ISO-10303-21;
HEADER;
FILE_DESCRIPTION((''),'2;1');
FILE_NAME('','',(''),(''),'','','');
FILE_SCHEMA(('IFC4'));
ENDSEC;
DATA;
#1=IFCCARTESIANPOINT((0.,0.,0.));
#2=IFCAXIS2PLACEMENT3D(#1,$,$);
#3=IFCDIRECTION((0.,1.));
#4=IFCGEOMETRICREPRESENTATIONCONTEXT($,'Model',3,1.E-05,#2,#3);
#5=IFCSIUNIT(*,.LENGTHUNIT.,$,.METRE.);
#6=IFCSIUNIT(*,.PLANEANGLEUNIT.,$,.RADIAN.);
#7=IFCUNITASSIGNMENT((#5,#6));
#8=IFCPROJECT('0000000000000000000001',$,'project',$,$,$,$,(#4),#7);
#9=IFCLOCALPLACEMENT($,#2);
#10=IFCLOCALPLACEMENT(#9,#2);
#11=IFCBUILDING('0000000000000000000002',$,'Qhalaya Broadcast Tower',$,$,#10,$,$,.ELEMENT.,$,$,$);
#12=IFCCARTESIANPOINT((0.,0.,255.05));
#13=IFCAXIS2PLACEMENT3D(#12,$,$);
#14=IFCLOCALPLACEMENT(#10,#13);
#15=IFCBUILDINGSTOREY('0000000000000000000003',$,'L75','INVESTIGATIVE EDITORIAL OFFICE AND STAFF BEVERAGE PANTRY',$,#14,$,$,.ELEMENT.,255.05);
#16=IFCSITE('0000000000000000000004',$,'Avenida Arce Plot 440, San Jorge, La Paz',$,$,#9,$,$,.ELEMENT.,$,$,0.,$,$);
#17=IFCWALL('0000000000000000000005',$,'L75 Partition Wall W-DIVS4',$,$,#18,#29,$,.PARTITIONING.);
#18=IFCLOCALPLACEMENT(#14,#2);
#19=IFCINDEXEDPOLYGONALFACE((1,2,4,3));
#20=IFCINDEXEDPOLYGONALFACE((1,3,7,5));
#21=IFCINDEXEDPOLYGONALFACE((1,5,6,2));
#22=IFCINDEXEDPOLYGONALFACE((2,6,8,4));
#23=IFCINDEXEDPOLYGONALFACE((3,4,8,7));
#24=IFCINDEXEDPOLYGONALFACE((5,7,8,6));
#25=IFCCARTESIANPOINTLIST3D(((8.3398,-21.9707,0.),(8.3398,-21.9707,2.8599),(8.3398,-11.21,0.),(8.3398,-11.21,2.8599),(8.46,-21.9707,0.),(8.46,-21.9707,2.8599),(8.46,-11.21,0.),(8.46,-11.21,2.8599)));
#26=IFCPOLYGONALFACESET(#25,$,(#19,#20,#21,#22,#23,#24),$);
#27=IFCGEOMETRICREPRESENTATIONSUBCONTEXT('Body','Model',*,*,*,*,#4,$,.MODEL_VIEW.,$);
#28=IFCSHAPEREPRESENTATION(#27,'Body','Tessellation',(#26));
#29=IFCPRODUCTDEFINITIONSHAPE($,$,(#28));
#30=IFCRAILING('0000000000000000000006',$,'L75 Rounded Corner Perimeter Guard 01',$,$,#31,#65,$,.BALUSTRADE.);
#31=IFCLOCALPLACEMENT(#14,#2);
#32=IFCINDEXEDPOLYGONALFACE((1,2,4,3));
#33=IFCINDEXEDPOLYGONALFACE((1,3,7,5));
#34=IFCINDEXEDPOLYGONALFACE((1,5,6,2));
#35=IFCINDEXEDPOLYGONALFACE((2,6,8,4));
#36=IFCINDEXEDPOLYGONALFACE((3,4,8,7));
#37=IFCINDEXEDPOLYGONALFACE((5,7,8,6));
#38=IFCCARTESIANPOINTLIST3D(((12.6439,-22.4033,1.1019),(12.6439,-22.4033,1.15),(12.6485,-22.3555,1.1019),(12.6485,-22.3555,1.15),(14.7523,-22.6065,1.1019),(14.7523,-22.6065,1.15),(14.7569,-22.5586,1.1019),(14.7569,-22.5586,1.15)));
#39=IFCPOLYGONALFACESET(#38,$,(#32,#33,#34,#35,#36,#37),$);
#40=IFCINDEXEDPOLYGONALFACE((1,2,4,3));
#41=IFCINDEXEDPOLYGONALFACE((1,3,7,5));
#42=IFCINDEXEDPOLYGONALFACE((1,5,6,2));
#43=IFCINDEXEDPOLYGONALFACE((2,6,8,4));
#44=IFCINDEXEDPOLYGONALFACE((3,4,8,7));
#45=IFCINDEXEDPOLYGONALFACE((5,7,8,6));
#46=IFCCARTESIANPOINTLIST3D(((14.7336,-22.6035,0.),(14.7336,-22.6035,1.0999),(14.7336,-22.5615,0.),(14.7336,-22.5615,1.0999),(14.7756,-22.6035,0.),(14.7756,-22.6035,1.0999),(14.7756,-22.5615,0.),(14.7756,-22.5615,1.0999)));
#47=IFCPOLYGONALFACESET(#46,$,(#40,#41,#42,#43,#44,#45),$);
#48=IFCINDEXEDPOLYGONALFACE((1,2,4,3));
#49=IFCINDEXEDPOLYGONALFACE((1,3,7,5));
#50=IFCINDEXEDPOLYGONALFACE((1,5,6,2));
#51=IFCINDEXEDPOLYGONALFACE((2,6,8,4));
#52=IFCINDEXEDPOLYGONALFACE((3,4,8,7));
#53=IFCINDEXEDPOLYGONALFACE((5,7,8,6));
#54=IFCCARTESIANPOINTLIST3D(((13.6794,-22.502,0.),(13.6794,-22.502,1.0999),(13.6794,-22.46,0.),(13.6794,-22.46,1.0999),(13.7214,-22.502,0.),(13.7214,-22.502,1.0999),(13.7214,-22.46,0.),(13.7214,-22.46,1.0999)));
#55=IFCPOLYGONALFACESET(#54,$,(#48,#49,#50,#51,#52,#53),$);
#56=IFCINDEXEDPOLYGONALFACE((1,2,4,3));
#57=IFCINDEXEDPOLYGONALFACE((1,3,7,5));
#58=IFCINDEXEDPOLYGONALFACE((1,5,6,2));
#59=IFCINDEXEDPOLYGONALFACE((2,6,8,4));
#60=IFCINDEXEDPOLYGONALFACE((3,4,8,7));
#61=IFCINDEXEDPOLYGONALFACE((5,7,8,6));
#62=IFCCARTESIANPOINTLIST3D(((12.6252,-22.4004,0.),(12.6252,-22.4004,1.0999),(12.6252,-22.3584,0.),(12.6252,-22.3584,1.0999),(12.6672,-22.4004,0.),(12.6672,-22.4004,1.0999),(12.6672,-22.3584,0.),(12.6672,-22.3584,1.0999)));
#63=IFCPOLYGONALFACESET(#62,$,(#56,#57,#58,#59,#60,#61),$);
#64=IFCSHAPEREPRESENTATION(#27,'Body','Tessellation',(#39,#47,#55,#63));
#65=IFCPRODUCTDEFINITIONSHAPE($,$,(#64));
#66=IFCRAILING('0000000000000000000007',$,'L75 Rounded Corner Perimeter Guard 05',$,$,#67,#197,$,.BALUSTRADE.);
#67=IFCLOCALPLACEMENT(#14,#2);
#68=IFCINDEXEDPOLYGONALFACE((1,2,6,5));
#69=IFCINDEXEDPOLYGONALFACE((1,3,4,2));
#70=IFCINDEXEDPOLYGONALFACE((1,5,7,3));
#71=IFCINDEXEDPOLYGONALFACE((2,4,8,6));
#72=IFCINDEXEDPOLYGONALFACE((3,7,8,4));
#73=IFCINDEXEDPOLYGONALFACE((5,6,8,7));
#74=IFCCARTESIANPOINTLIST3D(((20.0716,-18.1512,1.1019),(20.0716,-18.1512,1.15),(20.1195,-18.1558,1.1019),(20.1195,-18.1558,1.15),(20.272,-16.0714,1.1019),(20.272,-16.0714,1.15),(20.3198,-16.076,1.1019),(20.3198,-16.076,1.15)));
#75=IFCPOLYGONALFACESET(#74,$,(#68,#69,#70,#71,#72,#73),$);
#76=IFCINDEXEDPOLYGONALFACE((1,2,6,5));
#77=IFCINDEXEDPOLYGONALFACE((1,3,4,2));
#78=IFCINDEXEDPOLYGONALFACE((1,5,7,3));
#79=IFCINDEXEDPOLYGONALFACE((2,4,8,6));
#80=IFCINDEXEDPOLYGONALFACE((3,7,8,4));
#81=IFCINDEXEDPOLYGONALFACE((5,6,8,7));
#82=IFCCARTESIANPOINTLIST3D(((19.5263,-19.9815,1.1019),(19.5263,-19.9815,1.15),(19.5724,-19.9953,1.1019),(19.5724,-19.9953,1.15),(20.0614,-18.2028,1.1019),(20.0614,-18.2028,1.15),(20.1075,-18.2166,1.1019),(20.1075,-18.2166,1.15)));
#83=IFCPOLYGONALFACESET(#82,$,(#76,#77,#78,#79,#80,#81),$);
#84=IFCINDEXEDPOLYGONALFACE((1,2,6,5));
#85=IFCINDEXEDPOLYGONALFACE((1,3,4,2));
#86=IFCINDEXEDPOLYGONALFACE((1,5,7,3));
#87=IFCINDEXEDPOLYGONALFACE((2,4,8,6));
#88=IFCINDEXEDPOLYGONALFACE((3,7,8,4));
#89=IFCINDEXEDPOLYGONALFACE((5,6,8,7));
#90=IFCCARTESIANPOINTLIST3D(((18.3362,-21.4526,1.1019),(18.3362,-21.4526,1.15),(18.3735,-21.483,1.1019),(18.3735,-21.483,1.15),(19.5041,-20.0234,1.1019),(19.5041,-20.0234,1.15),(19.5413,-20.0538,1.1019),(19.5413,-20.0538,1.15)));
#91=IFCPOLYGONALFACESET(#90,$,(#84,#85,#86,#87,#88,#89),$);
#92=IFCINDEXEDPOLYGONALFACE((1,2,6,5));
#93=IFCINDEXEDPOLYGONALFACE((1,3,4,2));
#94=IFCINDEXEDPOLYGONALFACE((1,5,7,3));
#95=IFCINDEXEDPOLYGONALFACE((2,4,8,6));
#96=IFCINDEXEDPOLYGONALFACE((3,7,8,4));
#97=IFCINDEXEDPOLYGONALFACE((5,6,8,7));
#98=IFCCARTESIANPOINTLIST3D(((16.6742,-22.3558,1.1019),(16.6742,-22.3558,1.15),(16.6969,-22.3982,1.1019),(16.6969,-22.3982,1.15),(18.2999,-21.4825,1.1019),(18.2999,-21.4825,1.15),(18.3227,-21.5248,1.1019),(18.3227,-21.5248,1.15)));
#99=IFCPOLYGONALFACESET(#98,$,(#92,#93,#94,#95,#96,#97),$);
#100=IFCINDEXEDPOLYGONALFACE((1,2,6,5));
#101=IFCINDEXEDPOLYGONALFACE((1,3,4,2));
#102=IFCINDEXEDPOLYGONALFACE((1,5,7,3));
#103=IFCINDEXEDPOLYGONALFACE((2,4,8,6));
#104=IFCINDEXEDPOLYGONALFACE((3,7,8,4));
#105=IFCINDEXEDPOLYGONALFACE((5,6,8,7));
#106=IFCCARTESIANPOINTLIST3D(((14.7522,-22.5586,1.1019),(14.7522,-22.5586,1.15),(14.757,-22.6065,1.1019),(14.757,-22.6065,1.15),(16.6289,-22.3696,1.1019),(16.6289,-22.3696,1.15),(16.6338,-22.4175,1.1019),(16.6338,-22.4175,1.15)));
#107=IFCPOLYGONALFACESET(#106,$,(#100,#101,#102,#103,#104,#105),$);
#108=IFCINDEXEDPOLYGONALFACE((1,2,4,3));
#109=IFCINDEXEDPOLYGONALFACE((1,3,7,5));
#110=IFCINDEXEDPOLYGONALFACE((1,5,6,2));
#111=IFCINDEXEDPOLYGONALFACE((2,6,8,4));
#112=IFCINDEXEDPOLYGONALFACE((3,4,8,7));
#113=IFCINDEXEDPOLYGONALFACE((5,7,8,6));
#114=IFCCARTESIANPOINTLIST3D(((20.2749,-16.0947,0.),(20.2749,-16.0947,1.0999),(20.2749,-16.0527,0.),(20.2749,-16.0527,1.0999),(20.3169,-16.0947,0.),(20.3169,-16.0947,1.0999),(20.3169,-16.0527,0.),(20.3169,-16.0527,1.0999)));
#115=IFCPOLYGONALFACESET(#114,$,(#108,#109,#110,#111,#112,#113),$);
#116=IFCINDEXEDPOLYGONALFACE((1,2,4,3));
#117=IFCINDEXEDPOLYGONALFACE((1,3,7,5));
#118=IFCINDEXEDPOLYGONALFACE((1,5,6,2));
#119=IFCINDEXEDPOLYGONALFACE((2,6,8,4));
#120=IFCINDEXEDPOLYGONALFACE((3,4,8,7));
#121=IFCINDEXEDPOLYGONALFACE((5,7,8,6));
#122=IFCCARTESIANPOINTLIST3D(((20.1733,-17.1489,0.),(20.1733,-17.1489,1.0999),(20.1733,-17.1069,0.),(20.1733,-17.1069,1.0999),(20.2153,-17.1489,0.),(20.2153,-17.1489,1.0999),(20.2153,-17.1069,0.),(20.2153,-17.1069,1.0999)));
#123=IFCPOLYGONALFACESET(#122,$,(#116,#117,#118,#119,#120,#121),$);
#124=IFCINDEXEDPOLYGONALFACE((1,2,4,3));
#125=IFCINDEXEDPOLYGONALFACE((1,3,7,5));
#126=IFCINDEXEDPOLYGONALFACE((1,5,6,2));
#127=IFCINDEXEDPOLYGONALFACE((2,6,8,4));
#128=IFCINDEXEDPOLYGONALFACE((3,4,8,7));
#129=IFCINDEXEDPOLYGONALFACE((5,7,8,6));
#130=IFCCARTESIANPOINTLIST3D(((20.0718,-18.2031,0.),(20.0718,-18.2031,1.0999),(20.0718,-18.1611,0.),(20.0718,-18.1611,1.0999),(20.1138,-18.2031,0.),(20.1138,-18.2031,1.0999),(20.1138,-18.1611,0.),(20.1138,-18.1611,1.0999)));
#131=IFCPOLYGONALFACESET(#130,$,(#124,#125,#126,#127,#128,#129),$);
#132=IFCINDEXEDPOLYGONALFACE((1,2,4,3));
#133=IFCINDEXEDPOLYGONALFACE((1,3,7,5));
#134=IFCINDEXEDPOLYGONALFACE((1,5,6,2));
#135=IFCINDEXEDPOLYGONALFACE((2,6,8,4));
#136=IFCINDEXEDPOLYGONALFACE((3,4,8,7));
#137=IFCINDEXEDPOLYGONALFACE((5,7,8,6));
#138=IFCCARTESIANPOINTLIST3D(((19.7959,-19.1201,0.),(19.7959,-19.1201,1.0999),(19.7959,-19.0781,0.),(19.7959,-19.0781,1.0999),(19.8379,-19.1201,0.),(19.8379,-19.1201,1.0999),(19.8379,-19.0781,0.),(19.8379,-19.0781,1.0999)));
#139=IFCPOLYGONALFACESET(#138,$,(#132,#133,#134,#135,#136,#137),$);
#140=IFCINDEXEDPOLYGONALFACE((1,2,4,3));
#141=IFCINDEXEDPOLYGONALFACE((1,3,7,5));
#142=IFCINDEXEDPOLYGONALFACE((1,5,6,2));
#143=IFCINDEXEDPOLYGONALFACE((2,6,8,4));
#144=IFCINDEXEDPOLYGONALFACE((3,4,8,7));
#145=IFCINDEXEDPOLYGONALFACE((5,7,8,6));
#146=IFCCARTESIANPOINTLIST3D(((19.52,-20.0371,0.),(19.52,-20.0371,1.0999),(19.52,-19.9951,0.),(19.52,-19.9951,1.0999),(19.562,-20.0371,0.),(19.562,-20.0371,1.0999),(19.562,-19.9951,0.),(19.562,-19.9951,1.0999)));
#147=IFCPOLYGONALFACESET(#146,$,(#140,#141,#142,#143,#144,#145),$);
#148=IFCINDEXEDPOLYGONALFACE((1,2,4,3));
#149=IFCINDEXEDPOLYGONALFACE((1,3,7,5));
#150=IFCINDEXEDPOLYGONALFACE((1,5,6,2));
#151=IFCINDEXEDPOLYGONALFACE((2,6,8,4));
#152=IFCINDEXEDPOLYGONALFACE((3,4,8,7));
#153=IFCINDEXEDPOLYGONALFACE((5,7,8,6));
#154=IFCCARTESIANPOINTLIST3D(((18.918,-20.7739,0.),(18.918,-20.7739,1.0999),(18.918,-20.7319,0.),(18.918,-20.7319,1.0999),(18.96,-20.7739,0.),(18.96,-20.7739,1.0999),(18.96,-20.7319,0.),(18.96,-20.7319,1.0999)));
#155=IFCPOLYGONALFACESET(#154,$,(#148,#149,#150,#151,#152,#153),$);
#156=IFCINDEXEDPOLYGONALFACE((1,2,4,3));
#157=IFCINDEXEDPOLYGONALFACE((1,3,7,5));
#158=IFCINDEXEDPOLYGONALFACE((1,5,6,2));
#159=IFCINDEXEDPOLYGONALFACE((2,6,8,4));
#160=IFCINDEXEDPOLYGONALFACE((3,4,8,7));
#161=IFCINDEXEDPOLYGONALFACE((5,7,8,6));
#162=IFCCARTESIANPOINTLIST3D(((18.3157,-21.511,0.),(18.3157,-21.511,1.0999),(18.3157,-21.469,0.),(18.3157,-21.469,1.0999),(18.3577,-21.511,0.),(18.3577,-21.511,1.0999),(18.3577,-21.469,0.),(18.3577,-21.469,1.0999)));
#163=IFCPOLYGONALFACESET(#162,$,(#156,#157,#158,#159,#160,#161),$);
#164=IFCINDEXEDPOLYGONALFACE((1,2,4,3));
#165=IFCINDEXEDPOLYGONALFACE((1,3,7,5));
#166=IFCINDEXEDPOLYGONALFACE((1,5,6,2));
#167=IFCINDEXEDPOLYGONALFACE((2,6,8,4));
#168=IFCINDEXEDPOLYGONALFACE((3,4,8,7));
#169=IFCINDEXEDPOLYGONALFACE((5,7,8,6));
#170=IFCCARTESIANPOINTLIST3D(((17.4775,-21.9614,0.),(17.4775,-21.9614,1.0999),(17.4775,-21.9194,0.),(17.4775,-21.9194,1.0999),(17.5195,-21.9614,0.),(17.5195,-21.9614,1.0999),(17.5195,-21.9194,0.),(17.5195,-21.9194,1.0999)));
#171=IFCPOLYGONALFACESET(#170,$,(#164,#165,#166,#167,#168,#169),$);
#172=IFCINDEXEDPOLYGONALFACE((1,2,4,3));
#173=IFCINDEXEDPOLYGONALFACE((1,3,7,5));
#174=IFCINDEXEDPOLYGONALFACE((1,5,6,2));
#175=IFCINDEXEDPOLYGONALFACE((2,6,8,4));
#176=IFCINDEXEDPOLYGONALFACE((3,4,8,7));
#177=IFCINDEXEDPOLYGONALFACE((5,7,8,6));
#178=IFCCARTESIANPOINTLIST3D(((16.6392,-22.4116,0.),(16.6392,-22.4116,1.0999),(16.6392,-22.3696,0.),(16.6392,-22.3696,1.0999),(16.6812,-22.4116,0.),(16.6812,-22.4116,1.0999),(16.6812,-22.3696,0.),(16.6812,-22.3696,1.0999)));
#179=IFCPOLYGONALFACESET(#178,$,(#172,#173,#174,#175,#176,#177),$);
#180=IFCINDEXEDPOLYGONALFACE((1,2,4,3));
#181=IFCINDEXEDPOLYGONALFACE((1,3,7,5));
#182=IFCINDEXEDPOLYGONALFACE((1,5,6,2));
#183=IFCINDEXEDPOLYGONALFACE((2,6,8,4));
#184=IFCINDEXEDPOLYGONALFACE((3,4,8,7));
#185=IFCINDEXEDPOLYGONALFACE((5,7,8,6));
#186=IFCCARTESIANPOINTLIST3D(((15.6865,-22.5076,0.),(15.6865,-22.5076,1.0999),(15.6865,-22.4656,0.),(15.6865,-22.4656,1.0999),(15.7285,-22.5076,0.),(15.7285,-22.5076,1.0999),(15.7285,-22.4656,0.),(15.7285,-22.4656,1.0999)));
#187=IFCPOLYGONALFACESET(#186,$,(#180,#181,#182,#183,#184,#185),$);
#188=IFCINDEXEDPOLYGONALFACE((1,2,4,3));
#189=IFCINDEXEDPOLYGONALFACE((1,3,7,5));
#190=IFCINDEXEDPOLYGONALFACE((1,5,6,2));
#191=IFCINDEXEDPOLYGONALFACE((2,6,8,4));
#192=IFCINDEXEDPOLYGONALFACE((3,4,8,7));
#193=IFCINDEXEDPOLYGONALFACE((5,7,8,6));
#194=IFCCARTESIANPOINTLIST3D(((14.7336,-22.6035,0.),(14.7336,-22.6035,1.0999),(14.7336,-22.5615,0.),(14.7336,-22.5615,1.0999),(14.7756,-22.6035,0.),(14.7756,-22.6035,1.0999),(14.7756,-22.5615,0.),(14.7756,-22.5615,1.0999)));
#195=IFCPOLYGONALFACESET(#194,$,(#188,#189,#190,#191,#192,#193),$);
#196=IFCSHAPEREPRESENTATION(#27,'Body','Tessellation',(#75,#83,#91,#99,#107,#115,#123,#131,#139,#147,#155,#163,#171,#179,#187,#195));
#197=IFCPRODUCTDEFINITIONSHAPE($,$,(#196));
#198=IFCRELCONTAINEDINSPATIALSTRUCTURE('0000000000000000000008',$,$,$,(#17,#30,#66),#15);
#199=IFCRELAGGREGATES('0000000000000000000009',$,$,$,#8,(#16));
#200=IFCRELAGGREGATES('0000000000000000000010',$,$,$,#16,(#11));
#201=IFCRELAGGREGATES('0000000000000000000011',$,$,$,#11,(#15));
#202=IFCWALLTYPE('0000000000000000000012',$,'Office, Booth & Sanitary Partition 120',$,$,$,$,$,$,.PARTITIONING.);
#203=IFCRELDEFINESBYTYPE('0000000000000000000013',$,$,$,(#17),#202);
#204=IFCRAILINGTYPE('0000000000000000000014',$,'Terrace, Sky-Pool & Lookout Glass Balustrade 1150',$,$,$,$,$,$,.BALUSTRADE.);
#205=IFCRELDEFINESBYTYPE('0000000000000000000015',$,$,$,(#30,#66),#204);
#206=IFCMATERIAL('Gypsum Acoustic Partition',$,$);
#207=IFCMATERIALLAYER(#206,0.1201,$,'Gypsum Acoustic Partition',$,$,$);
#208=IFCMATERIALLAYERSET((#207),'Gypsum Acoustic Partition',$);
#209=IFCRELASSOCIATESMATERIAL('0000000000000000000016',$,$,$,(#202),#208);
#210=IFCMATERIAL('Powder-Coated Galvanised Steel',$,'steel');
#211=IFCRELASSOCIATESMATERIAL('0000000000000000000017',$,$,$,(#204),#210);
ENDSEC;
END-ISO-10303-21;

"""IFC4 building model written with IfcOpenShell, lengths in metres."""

from ifc_helpers import new_model, si_unit, direction, frame, frame_2d, origin, origin_2d, place, context, subcontext, project, spatial, rectangle, extrude, material, layer, layer_set, type_object, element, save


model = new_model("IFC4")

# Units and contexts
model_context = context("Model", 3, precision=1e-05, world=origin(), true_north=direction((0.0, 1.0)))
body_context = subcontext(model_context, "Body", "Model", "MODEL_VIEW")
ifc_project = project(units=[si_unit("LENGTHUNIT", "METRE"), si_unit("PLANEANGLEUNIT", "RADIAN")], contexts=[model_context])

# Site, building, storey
site_placement = place(None, origin())
site = spatial("IfcSite", under=ifc_project, at=site_placement, Name="Avenida Arce Plot 440, San Jorge, La Paz", CompositionType="ELEMENT", RefElevation=0.0)
building_placement = place(site_placement, origin())
building = spatial("IfcBuilding", under=site, at=building_placement, Name="Qhalaya Broadcast Tower", CompositionType="ELEMENT")
storey_placement = place(building_placement, frame((0.0, 0.0, 255.05)))
storey = spatial("IfcBuildingStorey", under=building, at=storey_placement, Name="L75", Description="INVESTIGATIVE EDITORIAL OFFICE AND STAFF BEVERAGE PANTRY", CompositionType="ELEMENT", Elevation=255.05)

# Wall
ifc_material_1 = material(Name="Gypsum Acoustic Partition")
ifc_layer_1 = layer(ifc_material_1, 0.1201, Name="Gypsum Acoustic Partition")
ifc_layer_set_1 = layer_set([ifc_layer_1], Name="Gypsum Acoustic Partition")
wall_type = type_object("IfcWallType", Name="Office, Booth & Sanitary Partition 120", PredefinedType="PARTITIONING", material=ifc_layer_set_1)
wall_placement = place(storey_placement, frame((8.3999, -21.9707, 0.0), z_axis=(0.0, 0.0, 1.0), x_axis=(0.0, 1.0, 0.0)))
element("IfcWall", 1, at=wall_placement, inside=storey, type_object=wall_type, Name="L75 Partition Wall W-DIVS4", PredefinedType="PARTITIONING", context=body_context, shape_type="SweptSolid", body=[
    extrude(rectangle(XDim=10.7607, YDim=0.1201, at=frame_2d((5.3804, 0.0))), origin(), (0.0, 0.0, 1.0), 2.8599),
])

# Railings
ifc_material_2 = material(Name="Powder-Coated Galvanised Steel", Category="steel")
railing_type = type_object("IfcRailingType", Name="Terrace, Sky-Pool & Lookout Glass Balustrade 1150", PredefinedType="BALUSTRADE", material=ifc_material_2)
railing_1_placement = place(storey_placement, frame((14.7546, -22.5825, 0.0)))
element("IfcRailing", 2, at=railing_1_placement, inside=storey, type_object=railing_type, Name="L75 Rounded Corner Perimeter Guard 01", PredefinedType="BALUSTRADE", context=body_context, shape_type="SweptSolid", body=[
    extrude(rectangle(XDim=0.0481, YDim=0.0481, at=origin_2d()), frame((0.0, 0.0, 1.126), z_axis=(-0.995391, 0.095897, 0.0), x_axis=(-0.095897, -0.995391, 0.0)), (0.0, 0.0, 1.0), 2.1182),
    extrude(rectangle(XDim=0.042, YDim=0.042, at=origin_2d()), origin(), (0.0, 0.0, 1.0), 1.0999),
    extrude(rectangle(XDim=0.042, YDim=0.042, at=origin_2d()), frame((-1.0542, 0.1016, 0.0)), (0.0, 0.0, 1.0), 1.0999),
    extrude(rectangle(XDim=0.042, YDim=0.042, at=origin_2d()), frame((-2.1084, 0.2031, 0.0)), (0.0, 0.0, 1.0), 1.0999),
])
railing_2_placement = place(storey_placement, frame((20.2959, -16.0737, 0.0)))
element("IfcRailing", 3, at=railing_2_placement, inside=storey, type_object=railing_type, Name="L75 Rounded Corner Perimeter Guard 05", PredefinedType="BALUSTRADE", context=body_context, shape_type="SweptSolid", body=[
    extrude(rectangle(XDim=0.0481, YDim=0.0481, at=origin_2d()), frame((0.0, 0.0, 1.126), z_axis=(-0.095897, -0.995391, 0.0), x_axis=(0.995391, -0.095897, 0.0)), (0.0, 0.0, 1.0), 2.0894),
    extrude(rectangle(XDim=0.0481, YDim=0.0481, at=origin_2d()), frame((-0.2114, -2.136, 1.126), z_axis=(-0.288096, -0.957601, 0.0), x_axis=(0.957601, -0.288096, 0.0)), (0.0, 0.0, 1.0), 1.8574),
    extrude(rectangle(XDim=0.0481, YDim=0.0481, at=origin_2d()), frame((-0.7732, -3.9648, 1.126), z_axis=(-0.632749, -0.774357, 0.0), x_axis=(0.774357, -0.632749, 0.0)), (0.0, 0.0, 1.0), 1.8457),
    extrude(rectangle(XDim=0.0481, YDim=0.0481, at=origin_2d()), frame((-1.9846, -5.4299, 1.126), z_axis=(-0.880932, -0.473243, 0.0), x_axis=(0.473243, -0.880932, 0.0)), (0.0, 0.0, 1.0), 1.8455),
    extrude(rectangle(XDim=0.0481, YDim=0.0481, at=origin_2d()), frame((-3.6646, -6.3198, 1.126), z_axis=(-0.994968, -0.100198, 0.0), x_axis=(0.100198, -0.994968, 0.0)), (0.0, 0.0, 1.0), 1.8862),
    extrude(rectangle(XDim=0.042, YDim=0.042, at=origin_2d()), origin(), (0.0, 0.0, 1.0), 1.0999),
    extrude(rectangle(XDim=0.042, YDim=0.042, at=origin_2d()), frame((-0.1016, -1.0542, 0.0)), (0.0, 0.0, 1.0), 1.0999),
    extrude(rectangle(XDim=0.042, YDim=0.042, at=origin_2d()), frame((-0.2031, -2.1084, 0.0)), (0.0, 0.0, 1.0), 1.0999),
    extrude(rectangle(XDim=0.042, YDim=0.042, at=origin_2d()), frame((-0.479, -3.0254, 0.0)), (0.0, 0.0, 1.0), 1.0999),
    extrude(rectangle(XDim=0.042, YDim=0.042, at=origin_2d()), frame((-0.7549, -3.9424, 0.0)), (0.0, 0.0, 1.0), 1.0999),
    extrude(rectangle(XDim=0.042, YDim=0.042, at=origin_2d()), frame((-1.3569, -4.6792, 0.0)), (0.0, 0.0, 1.0), 1.0999),
    extrude(rectangle(XDim=0.042, YDim=0.042, at=origin_2d()), frame((-1.9592, -5.4163, 0.0)), (0.0, 0.0, 1.0), 1.0999),
    extrude(rectangle(XDim=0.042, YDim=0.042, at=origin_2d()), frame((-2.7974, -5.8667, 0.0)), (0.0, 0.0, 1.0), 1.0999),
    extrude(rectangle(XDim=0.042, YDim=0.042, at=origin_2d()), frame((-3.6357, -6.3169, 0.0)), (0.0, 0.0, 1.0), 1.0999),
    extrude(rectangle(XDim=0.042, YDim=0.042, at=origin_2d()), frame((-4.5884, -6.4128, 0.0)), (0.0, 0.0, 1.0), 1.0999),
    extrude(rectangle(XDim=0.042, YDim=0.042, at=origin_2d()), frame((-5.5413, -6.5088, 0.0)), (0.0, 0.0, 1.0), 1.0999),
])

save(model, "model.ifc")
